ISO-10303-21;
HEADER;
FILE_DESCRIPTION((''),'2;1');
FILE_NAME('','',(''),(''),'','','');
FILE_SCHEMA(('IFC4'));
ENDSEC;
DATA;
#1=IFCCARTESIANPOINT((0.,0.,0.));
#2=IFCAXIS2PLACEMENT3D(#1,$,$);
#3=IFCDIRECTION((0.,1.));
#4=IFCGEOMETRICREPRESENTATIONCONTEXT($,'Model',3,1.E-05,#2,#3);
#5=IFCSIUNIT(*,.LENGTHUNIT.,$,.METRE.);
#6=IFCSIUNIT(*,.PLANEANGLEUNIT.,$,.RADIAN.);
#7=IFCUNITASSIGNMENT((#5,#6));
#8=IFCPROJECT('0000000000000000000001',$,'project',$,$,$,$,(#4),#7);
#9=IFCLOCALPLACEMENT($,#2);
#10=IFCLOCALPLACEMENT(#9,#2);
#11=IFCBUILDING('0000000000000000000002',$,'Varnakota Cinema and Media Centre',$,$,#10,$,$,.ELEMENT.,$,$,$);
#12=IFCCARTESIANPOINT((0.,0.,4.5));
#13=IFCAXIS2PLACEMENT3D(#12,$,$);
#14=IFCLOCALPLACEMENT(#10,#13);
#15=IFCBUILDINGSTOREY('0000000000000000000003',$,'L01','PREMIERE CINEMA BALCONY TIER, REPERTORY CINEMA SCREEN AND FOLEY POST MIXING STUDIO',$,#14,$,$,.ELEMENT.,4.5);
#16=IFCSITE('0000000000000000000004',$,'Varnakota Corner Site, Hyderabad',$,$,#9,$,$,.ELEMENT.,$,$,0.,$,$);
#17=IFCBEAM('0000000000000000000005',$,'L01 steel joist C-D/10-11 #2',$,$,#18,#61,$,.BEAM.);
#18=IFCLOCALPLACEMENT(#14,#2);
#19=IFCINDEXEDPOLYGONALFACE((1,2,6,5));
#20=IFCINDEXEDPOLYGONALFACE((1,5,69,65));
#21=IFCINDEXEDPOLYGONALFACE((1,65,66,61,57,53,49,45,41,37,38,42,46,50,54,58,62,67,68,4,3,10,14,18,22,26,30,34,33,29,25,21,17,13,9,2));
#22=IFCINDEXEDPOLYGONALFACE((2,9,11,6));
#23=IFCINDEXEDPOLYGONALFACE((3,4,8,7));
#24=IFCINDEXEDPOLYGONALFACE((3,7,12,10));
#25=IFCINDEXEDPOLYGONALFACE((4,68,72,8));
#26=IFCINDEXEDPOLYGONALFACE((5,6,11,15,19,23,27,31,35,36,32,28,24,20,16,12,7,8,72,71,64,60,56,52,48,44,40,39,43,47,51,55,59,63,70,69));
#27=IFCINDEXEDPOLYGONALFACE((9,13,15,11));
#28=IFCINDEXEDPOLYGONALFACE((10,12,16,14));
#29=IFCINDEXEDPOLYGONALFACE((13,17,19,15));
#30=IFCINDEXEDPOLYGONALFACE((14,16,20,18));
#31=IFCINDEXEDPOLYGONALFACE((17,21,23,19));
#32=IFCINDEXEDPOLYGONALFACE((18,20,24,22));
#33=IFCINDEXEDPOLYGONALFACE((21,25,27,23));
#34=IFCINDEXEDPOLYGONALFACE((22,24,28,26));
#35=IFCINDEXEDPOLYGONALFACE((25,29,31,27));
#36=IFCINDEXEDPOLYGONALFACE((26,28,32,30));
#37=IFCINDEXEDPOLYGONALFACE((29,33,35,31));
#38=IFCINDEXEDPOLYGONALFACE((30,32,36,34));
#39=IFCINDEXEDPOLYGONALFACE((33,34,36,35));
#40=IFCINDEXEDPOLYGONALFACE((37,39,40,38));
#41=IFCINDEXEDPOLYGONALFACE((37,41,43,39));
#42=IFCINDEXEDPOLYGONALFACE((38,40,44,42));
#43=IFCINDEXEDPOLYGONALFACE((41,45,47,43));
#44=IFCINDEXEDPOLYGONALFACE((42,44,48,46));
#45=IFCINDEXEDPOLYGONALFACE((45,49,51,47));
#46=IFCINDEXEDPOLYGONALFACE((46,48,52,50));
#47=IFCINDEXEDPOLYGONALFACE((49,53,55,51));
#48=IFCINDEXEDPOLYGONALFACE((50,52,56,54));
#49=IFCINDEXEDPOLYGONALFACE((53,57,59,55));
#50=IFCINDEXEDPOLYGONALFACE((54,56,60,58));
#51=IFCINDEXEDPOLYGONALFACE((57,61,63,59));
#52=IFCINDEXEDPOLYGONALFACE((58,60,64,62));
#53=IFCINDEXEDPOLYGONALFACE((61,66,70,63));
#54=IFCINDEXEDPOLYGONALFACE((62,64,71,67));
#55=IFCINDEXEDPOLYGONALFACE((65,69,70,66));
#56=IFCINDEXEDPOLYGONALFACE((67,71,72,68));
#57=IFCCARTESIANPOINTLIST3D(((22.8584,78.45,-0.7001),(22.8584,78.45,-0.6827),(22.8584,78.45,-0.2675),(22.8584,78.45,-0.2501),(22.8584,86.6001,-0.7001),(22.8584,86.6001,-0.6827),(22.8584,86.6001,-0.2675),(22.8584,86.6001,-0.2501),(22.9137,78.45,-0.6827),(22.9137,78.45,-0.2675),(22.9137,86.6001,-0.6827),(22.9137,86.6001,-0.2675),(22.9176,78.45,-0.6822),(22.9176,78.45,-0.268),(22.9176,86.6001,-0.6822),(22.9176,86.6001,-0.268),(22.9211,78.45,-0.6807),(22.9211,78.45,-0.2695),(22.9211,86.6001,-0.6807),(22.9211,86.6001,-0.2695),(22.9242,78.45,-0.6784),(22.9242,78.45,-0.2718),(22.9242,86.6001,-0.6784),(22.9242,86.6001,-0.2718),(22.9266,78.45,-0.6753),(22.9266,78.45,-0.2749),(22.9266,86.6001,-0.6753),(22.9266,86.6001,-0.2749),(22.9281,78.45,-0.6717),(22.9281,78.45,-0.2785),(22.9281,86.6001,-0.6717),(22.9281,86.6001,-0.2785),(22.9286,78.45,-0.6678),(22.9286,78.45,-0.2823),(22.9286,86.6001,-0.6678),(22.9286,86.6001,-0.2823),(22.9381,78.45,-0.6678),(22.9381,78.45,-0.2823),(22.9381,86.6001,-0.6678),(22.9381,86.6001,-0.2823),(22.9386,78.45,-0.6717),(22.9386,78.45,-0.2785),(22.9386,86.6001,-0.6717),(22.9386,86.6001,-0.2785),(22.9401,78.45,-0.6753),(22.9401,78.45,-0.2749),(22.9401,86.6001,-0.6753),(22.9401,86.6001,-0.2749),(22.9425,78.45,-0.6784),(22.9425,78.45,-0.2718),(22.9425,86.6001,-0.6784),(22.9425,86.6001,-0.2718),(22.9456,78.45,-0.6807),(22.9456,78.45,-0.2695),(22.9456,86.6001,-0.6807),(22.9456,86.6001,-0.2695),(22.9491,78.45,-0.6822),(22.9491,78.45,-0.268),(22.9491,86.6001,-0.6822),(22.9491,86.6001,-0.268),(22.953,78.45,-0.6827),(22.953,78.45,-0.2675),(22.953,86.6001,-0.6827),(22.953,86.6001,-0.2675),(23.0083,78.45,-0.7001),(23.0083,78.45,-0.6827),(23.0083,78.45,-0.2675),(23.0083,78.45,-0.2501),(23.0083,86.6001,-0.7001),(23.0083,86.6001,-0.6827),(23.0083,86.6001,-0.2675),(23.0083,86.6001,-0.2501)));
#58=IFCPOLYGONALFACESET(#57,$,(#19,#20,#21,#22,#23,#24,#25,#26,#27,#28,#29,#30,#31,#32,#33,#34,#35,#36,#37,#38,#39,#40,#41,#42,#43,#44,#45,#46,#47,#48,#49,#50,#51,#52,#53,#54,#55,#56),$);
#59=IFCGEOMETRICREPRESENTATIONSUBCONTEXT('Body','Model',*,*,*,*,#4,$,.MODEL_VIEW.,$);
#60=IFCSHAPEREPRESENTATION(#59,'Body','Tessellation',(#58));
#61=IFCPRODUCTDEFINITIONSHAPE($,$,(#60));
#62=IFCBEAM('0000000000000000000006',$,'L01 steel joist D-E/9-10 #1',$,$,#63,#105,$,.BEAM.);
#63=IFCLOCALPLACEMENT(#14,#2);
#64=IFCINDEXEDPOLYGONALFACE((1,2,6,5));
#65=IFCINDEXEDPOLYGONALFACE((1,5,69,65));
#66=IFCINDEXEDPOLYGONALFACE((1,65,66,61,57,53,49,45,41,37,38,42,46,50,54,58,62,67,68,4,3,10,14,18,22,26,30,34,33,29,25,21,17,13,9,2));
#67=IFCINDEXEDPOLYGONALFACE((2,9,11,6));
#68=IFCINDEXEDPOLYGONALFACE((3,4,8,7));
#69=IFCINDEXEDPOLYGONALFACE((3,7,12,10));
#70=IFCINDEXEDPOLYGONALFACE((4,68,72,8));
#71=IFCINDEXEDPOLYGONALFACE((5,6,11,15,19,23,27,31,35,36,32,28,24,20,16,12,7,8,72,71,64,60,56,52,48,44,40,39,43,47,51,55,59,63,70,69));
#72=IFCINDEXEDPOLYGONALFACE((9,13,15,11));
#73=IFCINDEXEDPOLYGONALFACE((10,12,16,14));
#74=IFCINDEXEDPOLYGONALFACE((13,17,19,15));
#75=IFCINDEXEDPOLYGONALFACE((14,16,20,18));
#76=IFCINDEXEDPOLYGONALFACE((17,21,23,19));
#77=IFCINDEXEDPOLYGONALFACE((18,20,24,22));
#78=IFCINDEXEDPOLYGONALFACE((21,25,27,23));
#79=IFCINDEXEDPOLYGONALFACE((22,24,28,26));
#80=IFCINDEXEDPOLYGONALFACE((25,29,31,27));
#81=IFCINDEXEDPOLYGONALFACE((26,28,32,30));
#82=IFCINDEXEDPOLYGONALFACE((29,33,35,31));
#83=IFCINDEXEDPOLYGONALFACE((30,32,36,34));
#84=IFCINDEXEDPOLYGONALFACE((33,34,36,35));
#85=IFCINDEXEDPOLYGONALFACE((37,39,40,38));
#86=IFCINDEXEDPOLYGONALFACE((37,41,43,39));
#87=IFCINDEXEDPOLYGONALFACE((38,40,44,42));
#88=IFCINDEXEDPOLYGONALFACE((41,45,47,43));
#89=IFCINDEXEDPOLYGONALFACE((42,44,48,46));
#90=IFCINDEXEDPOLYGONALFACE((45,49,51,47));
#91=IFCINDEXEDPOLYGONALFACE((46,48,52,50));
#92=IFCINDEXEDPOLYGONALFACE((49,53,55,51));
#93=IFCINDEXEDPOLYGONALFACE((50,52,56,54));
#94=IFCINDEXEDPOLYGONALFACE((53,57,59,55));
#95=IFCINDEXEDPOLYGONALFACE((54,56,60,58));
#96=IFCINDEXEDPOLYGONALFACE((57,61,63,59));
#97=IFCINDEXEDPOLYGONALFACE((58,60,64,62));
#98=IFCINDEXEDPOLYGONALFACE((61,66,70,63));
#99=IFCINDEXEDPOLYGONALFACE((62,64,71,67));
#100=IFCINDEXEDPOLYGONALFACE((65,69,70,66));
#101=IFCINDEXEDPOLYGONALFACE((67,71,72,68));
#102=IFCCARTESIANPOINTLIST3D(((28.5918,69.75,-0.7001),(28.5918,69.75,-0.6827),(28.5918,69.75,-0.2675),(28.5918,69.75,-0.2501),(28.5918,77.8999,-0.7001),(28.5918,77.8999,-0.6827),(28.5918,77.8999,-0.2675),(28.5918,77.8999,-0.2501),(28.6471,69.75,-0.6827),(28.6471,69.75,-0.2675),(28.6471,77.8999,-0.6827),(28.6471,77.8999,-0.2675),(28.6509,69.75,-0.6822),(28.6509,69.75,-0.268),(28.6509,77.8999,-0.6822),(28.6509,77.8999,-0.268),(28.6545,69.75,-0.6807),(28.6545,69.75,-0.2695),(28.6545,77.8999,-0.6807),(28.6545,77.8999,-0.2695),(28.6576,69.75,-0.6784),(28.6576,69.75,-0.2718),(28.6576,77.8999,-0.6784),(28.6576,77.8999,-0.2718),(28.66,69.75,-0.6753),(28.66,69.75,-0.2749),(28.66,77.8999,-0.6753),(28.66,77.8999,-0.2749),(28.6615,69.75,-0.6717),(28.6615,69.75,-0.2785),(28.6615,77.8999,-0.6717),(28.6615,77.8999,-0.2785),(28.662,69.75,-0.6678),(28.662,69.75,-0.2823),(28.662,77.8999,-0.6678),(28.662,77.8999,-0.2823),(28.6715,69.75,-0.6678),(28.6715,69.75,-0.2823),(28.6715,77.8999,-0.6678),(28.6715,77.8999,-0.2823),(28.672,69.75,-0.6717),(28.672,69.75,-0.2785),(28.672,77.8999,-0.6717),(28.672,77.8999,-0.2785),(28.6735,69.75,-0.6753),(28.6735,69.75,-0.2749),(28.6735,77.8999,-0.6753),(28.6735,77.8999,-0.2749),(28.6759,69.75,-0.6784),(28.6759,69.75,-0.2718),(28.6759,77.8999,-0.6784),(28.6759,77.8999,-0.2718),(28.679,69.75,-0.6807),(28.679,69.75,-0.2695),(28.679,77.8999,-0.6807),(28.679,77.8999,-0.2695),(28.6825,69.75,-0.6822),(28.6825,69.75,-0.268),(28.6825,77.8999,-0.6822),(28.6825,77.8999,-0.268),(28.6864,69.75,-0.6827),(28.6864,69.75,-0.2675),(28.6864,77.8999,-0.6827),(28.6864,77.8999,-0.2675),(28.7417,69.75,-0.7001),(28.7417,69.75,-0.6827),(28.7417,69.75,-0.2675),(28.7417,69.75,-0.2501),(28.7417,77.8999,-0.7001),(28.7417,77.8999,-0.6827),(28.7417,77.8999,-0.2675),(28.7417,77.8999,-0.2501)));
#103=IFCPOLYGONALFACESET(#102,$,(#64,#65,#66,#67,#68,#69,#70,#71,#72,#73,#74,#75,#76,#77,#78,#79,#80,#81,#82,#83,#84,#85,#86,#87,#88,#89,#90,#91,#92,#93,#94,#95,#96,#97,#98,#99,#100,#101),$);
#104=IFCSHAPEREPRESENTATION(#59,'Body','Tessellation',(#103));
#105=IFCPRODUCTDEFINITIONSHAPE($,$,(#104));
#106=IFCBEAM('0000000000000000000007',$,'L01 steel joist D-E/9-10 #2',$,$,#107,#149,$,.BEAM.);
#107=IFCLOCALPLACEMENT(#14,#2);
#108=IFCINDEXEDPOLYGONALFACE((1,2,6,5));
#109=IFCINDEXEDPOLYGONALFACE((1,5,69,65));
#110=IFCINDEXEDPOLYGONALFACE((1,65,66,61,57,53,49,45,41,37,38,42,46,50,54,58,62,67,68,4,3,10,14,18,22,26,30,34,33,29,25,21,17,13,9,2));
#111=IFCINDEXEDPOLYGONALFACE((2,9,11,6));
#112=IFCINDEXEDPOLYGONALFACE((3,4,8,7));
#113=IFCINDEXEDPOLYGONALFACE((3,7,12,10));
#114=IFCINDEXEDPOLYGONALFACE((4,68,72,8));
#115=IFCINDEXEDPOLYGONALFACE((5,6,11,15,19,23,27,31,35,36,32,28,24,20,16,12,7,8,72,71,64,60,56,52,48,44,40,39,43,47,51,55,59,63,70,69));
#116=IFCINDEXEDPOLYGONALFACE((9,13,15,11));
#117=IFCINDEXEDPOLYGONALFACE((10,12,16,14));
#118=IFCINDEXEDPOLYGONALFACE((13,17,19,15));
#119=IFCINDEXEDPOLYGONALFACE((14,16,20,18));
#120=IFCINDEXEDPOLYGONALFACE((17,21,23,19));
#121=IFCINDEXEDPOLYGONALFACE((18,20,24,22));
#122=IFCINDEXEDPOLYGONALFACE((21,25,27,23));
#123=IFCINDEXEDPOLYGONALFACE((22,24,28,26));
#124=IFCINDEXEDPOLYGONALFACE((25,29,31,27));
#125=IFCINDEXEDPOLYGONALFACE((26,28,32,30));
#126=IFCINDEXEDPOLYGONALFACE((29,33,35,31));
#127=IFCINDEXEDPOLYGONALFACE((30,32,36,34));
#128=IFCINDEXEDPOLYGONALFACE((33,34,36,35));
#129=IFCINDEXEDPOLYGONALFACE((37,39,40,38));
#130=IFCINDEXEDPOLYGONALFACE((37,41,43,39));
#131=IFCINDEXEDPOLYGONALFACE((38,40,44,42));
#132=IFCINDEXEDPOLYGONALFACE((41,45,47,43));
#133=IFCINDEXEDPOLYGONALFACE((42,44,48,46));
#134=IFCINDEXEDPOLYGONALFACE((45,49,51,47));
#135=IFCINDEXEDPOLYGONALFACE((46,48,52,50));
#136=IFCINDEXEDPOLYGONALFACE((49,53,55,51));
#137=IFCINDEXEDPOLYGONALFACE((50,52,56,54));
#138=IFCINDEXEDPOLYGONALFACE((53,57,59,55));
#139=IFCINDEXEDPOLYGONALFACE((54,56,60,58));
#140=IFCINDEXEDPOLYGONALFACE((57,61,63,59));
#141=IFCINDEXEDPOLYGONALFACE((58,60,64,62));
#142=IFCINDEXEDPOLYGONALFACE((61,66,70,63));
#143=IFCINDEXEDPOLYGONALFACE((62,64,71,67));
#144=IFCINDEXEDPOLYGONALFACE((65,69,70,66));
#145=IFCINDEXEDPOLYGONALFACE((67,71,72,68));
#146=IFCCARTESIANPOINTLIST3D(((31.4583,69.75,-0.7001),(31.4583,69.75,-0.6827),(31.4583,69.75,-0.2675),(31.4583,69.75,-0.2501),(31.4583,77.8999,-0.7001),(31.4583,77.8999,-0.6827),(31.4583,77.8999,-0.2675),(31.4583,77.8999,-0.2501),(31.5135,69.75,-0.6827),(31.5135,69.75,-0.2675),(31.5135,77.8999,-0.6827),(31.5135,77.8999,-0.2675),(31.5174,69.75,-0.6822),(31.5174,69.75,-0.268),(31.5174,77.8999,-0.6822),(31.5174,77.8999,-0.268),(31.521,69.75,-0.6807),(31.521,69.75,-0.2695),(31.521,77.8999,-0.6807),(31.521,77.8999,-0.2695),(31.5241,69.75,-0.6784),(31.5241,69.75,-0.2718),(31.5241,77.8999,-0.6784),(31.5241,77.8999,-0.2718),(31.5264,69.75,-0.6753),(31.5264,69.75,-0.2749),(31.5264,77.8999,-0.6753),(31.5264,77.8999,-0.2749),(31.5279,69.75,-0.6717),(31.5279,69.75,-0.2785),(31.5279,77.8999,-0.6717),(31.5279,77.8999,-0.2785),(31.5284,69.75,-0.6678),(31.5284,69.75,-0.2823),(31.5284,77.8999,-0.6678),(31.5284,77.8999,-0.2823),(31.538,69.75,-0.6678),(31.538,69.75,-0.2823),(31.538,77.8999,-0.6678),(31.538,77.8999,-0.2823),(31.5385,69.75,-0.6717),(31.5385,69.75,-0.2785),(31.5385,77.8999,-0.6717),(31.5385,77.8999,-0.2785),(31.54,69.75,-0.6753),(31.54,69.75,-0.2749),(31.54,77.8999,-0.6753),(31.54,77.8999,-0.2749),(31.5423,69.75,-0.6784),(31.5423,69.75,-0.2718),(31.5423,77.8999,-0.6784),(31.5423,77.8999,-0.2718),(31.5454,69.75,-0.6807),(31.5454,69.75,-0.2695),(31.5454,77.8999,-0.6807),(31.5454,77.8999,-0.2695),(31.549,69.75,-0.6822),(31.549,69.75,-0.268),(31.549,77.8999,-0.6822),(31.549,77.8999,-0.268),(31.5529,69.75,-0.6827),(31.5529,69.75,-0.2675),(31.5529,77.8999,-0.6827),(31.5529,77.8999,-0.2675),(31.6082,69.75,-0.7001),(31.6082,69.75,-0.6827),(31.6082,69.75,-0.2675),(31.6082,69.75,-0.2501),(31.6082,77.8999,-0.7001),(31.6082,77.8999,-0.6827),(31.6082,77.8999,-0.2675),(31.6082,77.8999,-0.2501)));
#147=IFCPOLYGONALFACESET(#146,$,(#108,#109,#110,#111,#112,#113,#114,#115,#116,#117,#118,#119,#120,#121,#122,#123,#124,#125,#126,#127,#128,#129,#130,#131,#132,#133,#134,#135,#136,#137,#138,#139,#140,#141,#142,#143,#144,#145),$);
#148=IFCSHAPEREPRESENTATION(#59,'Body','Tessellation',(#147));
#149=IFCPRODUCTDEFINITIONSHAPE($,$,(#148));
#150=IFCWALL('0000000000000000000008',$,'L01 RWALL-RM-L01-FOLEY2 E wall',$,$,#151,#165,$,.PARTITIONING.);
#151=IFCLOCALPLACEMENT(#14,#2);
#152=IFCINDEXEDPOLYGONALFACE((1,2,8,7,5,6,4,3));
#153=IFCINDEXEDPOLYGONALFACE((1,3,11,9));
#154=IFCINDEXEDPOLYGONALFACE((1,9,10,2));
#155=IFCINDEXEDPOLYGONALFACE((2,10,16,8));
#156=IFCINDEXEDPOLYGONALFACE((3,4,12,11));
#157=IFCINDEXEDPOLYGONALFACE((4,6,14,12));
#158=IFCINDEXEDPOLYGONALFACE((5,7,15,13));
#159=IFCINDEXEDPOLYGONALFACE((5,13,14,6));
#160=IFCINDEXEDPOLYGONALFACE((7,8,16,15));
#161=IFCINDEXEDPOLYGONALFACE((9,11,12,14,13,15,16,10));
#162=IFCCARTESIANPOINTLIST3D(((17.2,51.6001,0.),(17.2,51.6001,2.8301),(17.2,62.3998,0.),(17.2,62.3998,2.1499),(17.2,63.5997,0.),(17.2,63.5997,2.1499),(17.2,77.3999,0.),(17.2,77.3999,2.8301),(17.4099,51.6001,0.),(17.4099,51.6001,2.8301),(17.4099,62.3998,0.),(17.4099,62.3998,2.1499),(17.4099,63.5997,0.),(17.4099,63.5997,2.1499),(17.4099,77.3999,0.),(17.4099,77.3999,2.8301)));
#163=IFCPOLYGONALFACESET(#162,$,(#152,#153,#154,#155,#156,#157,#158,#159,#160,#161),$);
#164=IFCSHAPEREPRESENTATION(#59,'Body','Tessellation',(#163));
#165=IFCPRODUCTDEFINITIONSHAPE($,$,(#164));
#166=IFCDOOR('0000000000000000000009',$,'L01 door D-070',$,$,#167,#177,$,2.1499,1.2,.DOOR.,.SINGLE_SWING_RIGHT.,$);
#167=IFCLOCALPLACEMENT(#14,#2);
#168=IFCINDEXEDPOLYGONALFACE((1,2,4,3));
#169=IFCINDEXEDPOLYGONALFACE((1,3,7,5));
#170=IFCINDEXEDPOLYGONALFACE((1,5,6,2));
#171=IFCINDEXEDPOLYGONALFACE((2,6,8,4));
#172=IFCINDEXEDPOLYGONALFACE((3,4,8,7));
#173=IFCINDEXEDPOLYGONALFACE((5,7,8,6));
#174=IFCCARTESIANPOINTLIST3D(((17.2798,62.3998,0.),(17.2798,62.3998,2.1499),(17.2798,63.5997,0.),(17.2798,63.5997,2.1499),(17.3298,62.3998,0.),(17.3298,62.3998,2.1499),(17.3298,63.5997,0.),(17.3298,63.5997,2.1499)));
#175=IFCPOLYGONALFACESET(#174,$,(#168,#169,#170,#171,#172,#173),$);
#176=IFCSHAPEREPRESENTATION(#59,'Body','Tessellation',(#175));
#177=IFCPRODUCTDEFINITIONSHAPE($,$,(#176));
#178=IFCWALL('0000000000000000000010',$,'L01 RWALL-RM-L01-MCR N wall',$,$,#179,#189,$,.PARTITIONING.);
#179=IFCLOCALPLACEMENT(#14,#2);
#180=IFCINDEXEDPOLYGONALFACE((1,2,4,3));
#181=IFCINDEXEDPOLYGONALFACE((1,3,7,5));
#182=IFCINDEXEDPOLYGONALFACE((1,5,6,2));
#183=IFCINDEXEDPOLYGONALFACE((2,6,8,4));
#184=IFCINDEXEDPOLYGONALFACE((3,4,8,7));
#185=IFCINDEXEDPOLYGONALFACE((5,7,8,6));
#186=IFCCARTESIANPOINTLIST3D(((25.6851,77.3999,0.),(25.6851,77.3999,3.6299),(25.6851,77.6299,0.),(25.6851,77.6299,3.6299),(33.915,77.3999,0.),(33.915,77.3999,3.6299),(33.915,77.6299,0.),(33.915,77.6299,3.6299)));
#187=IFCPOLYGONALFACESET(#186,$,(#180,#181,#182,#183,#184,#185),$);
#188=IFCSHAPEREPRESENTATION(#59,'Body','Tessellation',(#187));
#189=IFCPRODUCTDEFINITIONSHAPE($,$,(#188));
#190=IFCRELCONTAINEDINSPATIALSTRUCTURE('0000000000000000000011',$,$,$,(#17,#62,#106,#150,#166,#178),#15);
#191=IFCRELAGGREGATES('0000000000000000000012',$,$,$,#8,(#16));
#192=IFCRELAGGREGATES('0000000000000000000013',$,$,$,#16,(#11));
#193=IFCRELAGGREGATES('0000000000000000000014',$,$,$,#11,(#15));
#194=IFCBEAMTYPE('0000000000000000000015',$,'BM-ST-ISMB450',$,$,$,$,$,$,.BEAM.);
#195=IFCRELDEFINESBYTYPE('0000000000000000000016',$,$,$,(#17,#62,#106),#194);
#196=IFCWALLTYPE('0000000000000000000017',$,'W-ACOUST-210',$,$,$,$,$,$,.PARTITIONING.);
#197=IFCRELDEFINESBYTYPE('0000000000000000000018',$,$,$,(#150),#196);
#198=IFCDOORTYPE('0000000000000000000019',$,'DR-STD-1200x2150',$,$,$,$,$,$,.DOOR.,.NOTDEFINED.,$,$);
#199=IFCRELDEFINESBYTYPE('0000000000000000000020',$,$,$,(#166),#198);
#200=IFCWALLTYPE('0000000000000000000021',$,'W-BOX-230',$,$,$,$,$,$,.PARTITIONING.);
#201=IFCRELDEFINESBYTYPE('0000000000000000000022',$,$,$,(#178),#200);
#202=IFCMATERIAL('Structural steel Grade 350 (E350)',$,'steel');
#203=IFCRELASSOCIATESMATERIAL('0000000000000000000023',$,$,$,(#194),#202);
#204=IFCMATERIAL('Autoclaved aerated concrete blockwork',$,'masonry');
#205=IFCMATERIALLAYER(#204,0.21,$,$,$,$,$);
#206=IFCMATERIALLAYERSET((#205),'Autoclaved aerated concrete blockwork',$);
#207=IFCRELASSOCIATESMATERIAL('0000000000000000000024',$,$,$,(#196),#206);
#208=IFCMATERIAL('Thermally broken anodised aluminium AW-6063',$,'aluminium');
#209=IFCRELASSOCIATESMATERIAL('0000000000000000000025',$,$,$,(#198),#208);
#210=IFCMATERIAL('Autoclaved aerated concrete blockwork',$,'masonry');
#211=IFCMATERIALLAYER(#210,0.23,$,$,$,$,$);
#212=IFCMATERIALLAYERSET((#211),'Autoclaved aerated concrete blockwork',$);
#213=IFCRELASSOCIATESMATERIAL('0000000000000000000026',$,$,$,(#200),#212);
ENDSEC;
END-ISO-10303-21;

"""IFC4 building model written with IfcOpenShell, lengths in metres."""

from ifc_helpers import new_model, si_unit, direction, frame, frame_2d, origin, origin_2d, place, context, subcontext, project, spatial, rectangle, i_section, extrude, material, layer, layer_set, material_profile, profile_set, type_object, element, fill, save


model = new_model("IFC4")

# Units and contexts
model_context = context("Model", 3, precision=1e-05, world=origin(), true_north=direction((0.0, 1.0)))
body_context = subcontext(model_context, "Body", "Model", "MODEL_VIEW")
ifc_project = project(units=[si_unit("LENGTHUNIT", "METRE"), si_unit("PLANEANGLEUNIT", "RADIAN")], contexts=[model_context])

# Site, building, storey
site_placement = place(None, origin())
site = spatial("IfcSite", under=ifc_project, at=site_placement, Name="Varnakota Corner Site, Hyderabad", CompositionType="ELEMENT", RefElevation=0.0)
building_placement = place(site_placement, origin())
building = spatial("IfcBuilding", under=site, at=building_placement, Name="Varnakota Cinema and Media Centre", CompositionType="ELEMENT")
storey_placement = place(building_placement, frame((0.0, 0.0, 4.5)))
storey = spatial("IfcBuildingStorey", under=building, at=storey_placement, Name="L01", Description="PREMIERE CINEMA BALCONY TIER, REPERTORY CINEMA SCREEN AND FOLEY POST MIXING STUDIO", CompositionType="ELEMENT", Elevation=4.5)

# Beams
ifc_material_1 = material(Name="Structural steel Grade 350 (E350)", Category="steel")
ifc_material_profile_1 = material_profile(ifc_material_1, i_section(OverallWidth=0.1499, OverallDepth=0.45, WebThickness=0.0095, FlangeThickness=0.0173, FilletRadius=0.0149, at=origin_2d()), Name="ISMB 450")
ifc_profile_set_1 = profile_set([ifc_material_profile_1], Name="Structural steel Grade 350 (E350)")
beam_type_1 = type_object("IfcBeamType", Name="BM-ST-ISMB450", PredefinedType="BEAM", material=ifc_profile_set_1)
for number, where, z_axis, x_axis, name in (
    (1, (22.9333, 78.45, -0.4751), (0.0, 1.0, 0.0), (-1.0, 0.0, 0.0), "L01 steel joist C-D/10-11 #2"),
):
    element("IfcBeam", number, at=place(storey_placement, frame(where, z_axis=z_axis, x_axis=x_axis)), inside=storey, type_object=beam_type_1, Name=name, PredefinedType="BEAM", context=body_context, shape_type="SweptSolid", body=[
        extrude(i_section(OverallWidth=0.1499, OverallDepth=0.45, WebThickness=0.0095, FlangeThickness=0.0173, FilletRadius=0.0149, at=origin_2d()), origin(), (0.0, 0.0, 1.0), 8.1501),
    ])
for number, where, z_axis, x_axis, name in (
    (2, (28.6667, 69.75, -0.4751), (0.0, 1.0, 0.0), (-1.0, 0.0, 0.0), "L01 steel joist D-E/9-10 #1"),
    (3, (31.5332, 69.75, -0.4751), (0.0, 1.0, 0.0), (-1.0, 0.0, 0.0), "L01 steel joist D-E/9-10 #2"),
):
    element("IfcBeam", number, at=place(storey_placement, frame(where, z_axis=z_axis, x_axis=x_axis)), inside=storey, type_object=beam_type_1, Name=name, PredefinedType="BEAM", context=body_context, shape_type="SweptSolid", body=[
        extrude(i_section(OverallWidth=0.1499, OverallDepth=0.45, WebThickness=0.0095, FlangeThickness=0.0173, FilletRadius=0.0149, at=origin_2d()), origin(), (0.0, 0.0, 1.0), 8.1499),
    ])

# Wall, opening, door
ifc_material_2 = material(Name="Autoclaved aerated concrete blockwork", Category="masonry")
ifc_layer_1 = layer(ifc_material_2, 0.21)
ifc_layer_set_1 = layer_set([ifc_layer_1], Name="Autoclaved aerated concrete blockwork")
wall_type_1 = type_object("IfcWallType", Name="W-ACOUST-210", PredefinedType="PARTITIONING", material=ifc_layer_set_1)
wall_1_placement = place(storey_placement, frame((17.3049, 77.3999, 0.0), z_axis=(0.0, 0.0, 1.0), x_axis=(0.0, -1.0, 0.0)))
wall_1 = element("IfcWall", 4, at=wall_1_placement, inside=storey, type_object=wall_type_1, Name="L01 RWALL-RM-L01-FOLEY2 E wall", PredefinedType="PARTITIONING", context=body_context, shape_type="SweptSolid", body=[
    extrude(rectangle(XDim=25.7998, YDim=0.21, at=frame_2d((12.8999, 0.0))), origin(), (0.0, 0.0, 1.0), 2.8301),
])
opening_placement = place(wall_1_placement, frame((13.8, 0.0, 0.0)))
opening = element("IfcOpeningElement", 5, at=opening_placement, cuts=wall_1, PredefinedType="OPENING", context=body_context, shape_type="SweptSolid", body=[
    extrude(rectangle(XDim=1.2, YDim=2.1499, at=frame_2d((0.6001, 1.075))), frame((0.0, 0.105, 0.0), z_axis=(0.0, -1.0, 0.0), x_axis=(1.0, 0.0, 0.0)), (0.0, 0.0, 1.0), 0.21),
])
ifc_material_3 = material(Name="Thermally broken anodised aluminium AW-6063", Category="aluminium")
door_type = type_object("IfcDoorType", Name="DR-STD-1200x2150", OperationType="NOTDEFINED", PredefinedType="DOOR", material=ifc_material_3)
door_placement = place(opening_placement, origin())
door = element("IfcDoor", 6, at=door_placement, inside=storey, type_object=door_type, Name="L01 door D-070", OperationType="SINGLE_SWING_RIGHT", OverallHeight=2.1499, OverallWidth=1.2, PredefinedType="DOOR", context=body_context, shape_type="SweptSolid", body=[
    extrude(rectangle(XDim=1.2, YDim=2.1499, at=frame_2d((0.6001, 1.075))), frame((0.0, 0.0249, 0.0), z_axis=(0.0, -1.0, 0.0), x_axis=(1.0, 0.0, 0.0)), (0.0, 0.0, 1.0), 0.05),
])
fill(opening, door)

# Wall
ifc_material_4 = material(Name="Autoclaved aerated concrete blockwork", Category="masonry")
ifc_layer_2 = layer(ifc_material_4, 0.23)
ifc_layer_set_2 = layer_set([ifc_layer_2], Name="Autoclaved aerated concrete blockwork")
wall_type_2 = type_object("IfcWallType", Name="W-BOX-230", PredefinedType="PARTITIONING", material=ifc_layer_set_2)
wall_2_placement = place(storey_placement, frame((25.6851, 77.5149, 0.0), z_axis=(0.0, 0.0, 1.0), x_axis=(1.0, 0.0, 0.0)))
element("IfcWall", 7, at=wall_2_placement, inside=storey, type_object=wall_type_2, Name="L01 RWALL-RM-L01-MCR N wall", PredefinedType="PARTITIONING", context=body_context, shape_type="SweptSolid", body=[
    extrude(rectangle(XDim=8.23, YDim=0.23, at=frame_2d((4.115, 0.0))), origin(), (0.0, 0.0, 1.0), 3.6299),
])

save(model, "model.ifc")
